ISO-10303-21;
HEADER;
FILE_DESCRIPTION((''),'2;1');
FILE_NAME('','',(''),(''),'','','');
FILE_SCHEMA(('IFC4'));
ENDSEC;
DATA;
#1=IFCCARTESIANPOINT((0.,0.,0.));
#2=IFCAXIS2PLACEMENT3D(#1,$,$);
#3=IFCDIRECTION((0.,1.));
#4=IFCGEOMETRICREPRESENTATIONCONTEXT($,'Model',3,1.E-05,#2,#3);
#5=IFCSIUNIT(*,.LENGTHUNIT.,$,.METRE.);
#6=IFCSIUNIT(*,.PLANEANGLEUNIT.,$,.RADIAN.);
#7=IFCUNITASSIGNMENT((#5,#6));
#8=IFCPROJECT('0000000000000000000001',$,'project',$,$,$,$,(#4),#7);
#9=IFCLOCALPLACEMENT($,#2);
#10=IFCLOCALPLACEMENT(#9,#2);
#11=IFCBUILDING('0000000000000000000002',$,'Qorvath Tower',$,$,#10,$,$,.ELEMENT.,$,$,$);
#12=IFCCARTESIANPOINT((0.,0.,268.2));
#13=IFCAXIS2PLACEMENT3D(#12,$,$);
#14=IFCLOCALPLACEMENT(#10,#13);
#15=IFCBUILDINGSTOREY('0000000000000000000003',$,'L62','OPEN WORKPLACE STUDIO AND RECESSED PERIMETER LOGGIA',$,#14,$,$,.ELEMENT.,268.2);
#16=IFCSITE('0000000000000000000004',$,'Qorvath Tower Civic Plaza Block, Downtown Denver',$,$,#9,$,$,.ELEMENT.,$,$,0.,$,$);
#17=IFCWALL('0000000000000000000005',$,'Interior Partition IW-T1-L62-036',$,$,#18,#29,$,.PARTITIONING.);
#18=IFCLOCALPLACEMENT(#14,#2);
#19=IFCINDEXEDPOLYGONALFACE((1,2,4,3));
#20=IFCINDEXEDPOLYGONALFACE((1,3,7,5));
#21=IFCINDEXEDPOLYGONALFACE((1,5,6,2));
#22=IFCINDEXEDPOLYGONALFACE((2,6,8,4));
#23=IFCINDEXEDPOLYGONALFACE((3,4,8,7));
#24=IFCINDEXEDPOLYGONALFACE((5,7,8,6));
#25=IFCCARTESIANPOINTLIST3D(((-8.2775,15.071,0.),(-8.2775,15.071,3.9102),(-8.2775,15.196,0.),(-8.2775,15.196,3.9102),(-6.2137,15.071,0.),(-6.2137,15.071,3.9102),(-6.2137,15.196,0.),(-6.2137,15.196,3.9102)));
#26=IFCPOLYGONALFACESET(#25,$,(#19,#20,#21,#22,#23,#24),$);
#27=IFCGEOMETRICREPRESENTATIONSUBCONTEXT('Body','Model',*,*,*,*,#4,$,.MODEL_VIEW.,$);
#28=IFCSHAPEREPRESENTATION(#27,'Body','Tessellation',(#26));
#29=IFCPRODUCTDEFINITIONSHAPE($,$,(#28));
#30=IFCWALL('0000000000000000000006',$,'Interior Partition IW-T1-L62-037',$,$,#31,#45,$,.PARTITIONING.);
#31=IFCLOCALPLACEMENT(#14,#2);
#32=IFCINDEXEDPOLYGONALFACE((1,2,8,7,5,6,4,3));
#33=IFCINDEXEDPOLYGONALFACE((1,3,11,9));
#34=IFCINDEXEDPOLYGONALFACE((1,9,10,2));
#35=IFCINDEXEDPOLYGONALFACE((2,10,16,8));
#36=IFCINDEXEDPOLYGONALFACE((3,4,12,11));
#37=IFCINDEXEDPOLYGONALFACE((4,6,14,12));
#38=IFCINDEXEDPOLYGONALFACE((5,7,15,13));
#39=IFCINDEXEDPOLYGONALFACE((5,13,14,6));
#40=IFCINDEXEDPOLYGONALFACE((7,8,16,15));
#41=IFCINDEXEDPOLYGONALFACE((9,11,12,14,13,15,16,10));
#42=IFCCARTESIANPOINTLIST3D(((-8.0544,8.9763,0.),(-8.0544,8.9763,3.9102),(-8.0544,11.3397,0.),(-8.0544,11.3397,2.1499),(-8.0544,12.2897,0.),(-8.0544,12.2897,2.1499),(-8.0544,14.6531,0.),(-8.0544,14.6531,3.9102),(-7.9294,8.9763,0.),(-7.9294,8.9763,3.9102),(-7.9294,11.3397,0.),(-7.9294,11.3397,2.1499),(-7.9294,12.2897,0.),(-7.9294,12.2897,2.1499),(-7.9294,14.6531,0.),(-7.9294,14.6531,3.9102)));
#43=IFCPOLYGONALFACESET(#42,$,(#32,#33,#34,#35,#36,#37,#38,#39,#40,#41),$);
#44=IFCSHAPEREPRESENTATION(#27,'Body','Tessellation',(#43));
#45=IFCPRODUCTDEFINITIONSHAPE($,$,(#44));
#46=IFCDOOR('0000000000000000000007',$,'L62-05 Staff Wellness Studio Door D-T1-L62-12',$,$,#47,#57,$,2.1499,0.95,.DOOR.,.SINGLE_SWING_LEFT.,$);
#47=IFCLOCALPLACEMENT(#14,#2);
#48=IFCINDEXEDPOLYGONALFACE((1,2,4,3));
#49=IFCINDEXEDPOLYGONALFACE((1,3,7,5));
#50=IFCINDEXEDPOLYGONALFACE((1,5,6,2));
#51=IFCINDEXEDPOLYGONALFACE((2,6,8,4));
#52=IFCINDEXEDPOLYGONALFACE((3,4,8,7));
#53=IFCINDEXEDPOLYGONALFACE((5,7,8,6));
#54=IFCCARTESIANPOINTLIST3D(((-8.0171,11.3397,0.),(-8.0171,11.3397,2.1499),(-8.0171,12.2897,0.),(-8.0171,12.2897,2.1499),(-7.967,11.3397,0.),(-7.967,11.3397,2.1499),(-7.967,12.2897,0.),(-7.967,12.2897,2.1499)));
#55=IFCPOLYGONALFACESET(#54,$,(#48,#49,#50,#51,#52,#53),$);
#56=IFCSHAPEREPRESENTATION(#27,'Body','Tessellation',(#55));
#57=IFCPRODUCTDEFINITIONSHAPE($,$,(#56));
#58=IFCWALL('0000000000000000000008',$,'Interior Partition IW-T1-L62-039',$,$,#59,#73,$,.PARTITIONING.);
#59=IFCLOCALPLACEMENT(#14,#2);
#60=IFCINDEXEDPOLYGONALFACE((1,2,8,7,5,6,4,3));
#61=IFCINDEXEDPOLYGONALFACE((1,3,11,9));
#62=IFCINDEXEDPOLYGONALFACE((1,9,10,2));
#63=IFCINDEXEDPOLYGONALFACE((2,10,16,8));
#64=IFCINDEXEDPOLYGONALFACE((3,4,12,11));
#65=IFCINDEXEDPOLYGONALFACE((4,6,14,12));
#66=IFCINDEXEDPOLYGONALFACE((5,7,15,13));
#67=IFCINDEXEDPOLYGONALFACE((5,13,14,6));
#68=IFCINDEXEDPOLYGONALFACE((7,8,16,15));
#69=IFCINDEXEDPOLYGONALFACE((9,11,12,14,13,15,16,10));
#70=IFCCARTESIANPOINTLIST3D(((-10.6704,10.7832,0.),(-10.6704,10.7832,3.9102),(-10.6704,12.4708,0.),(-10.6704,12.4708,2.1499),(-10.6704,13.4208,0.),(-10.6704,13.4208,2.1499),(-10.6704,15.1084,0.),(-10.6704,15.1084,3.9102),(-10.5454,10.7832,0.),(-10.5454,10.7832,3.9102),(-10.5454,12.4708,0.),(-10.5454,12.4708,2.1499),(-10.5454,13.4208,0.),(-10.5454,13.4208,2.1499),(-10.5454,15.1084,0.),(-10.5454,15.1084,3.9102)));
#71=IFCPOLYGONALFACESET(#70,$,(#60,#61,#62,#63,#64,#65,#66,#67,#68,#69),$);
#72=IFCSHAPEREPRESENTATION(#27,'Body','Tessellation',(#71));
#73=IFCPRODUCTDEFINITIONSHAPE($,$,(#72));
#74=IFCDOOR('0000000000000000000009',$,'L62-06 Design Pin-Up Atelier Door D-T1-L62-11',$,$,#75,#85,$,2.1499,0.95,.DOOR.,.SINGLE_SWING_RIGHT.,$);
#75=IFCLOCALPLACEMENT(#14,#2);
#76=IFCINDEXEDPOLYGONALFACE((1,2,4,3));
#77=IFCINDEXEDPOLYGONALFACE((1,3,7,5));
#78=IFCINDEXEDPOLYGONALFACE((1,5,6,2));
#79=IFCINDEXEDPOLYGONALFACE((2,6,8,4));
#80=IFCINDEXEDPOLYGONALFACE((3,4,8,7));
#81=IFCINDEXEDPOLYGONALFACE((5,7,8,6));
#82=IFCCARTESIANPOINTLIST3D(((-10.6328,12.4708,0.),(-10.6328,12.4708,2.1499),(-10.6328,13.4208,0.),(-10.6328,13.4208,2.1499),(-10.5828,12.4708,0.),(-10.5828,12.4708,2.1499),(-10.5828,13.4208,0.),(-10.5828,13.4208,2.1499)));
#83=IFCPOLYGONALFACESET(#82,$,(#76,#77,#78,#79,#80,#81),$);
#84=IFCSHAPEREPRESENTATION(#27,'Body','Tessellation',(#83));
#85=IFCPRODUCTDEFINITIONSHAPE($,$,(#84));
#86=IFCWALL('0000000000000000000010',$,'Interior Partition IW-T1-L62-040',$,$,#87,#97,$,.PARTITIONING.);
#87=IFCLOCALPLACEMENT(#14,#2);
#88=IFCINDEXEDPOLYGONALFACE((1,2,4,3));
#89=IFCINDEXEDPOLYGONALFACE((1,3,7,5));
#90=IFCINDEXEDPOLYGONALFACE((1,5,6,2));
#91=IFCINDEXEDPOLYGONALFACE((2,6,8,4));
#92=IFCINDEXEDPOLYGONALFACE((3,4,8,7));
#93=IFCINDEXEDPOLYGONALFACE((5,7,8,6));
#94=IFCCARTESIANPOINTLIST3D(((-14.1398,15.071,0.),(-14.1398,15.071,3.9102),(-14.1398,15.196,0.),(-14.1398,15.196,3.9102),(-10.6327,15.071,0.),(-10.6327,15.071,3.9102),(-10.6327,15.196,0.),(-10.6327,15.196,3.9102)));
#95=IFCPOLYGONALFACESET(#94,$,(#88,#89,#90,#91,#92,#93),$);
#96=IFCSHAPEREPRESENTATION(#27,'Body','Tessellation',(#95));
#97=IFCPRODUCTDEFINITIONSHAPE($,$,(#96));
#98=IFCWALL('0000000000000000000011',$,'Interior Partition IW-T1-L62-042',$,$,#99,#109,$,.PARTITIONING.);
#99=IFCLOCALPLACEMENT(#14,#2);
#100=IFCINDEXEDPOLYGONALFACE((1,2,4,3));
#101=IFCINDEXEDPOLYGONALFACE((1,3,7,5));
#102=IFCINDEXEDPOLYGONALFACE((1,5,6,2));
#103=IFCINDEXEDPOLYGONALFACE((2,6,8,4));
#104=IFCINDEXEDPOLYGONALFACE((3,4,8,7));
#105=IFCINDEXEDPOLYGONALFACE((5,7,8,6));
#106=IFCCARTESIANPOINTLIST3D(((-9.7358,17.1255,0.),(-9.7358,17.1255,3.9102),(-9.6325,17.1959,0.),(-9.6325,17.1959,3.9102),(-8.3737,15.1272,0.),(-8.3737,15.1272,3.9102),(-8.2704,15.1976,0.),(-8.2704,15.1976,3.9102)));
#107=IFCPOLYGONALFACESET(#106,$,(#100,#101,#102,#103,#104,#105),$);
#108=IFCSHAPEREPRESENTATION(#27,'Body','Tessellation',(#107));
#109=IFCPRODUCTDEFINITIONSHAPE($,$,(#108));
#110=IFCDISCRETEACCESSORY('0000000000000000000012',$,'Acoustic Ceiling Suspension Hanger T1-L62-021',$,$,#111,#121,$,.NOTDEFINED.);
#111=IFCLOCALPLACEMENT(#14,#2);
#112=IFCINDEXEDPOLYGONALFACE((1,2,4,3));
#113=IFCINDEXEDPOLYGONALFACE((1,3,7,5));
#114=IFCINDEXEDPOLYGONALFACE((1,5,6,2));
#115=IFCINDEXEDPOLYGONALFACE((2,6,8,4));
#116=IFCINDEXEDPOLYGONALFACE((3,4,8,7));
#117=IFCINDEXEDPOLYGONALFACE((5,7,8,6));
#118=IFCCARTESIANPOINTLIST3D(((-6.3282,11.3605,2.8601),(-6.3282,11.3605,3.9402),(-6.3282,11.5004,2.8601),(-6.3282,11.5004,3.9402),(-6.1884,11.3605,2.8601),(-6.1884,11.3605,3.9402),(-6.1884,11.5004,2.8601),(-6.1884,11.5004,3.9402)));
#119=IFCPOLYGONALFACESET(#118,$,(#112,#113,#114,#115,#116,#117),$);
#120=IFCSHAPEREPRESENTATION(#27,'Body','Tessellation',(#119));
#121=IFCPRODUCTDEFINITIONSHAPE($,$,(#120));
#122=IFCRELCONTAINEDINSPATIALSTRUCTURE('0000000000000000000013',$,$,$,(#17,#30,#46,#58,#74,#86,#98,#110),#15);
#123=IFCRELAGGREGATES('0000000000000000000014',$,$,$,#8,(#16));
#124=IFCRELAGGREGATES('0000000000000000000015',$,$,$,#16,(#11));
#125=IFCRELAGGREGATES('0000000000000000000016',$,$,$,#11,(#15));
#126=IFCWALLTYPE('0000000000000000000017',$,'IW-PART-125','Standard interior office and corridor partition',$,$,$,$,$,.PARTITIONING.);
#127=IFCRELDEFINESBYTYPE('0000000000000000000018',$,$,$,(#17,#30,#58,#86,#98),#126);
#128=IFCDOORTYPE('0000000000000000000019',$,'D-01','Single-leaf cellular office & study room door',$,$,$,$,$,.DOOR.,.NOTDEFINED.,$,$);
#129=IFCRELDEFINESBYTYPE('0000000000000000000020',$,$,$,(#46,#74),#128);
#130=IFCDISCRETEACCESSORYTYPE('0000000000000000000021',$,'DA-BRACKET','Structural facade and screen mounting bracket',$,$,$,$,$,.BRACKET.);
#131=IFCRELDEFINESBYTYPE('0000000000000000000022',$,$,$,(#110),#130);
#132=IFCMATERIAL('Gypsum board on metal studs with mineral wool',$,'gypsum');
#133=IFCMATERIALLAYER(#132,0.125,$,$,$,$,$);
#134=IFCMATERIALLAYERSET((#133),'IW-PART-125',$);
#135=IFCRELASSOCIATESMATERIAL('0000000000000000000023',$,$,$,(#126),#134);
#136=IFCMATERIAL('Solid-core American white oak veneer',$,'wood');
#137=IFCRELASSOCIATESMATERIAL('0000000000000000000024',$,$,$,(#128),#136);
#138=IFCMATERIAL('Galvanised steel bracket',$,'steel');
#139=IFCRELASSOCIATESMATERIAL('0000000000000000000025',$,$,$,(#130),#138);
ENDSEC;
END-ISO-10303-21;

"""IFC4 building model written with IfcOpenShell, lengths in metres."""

from ifc_helpers import new_model, si_unit, direction, frame, frame_2d, origin, origin_2d, place, context, subcontext, project, spatial, rectangle, extrude, material, layer, layer_set, type_object, element, fill, save


model = new_model("IFC4")

# Units and contexts
model_context = context("Model", 3, precision=1e-05, world=origin(), true_north=direction((0.0, 1.0)))
body_context = subcontext(model_context, "Body", "Model", "MODEL_VIEW")
ifc_project = project(units=[si_unit("LENGTHUNIT", "METRE"), si_unit("PLANEANGLEUNIT", "RADIAN")], contexts=[model_context])

# Site, building, storey
site_placement = place(None, origin())
site = spatial("IfcSite", under=ifc_project, at=site_placement, Name="Qorvath Tower Civic Plaza Block, Downtown Denver", CompositionType="ELEMENT", RefElevation=0.0)
building_placement = place(site_placement, origin())
building = spatial("IfcBuilding", under=site, at=building_placement, Name="Qorvath Tower", CompositionType="ELEMENT")
storey_placement = place(building_placement, frame((0.0, 0.0, 268.2)))
storey = spatial("IfcBuildingStorey", under=building, at=storey_placement, Name="L62", Description="OPEN WORKPLACE STUDIO AND RECESSED PERIMETER LOGGIA", CompositionType="ELEMENT", Elevation=268.2)

# Wall
ifc_material_1 = material(Name="Gypsum board on metal studs with mineral wool", Category="gypsum")
ifc_layer_1 = layer(ifc_material_1, 0.125)
ifc_layer_set_1 = layer_set([ifc_layer_1], Name="IW-PART-125")
wall_type = type_object("IfcWallType", Name="IW-PART-125", Description="Standard interior office and corridor partition", PredefinedType="PARTITIONING", material=ifc_layer_set_1)
wall_1_placement = place(storey_placement, frame((-6.2139, 15.1335, 0.0), z_axis=(0.0, 0.0, 1.0), x_axis=(-1.0, 0.0, 0.0)))
element("IfcWall", 1, at=wall_1_placement, inside=storey, type_object=wall_type, Name="Interior Partition IW-T1-L62-036", PredefinedType="PARTITIONING", context=body_context, shape_type="SweptSolid", body=[
    extrude(rectangle(XDim=2.0637, YDim=0.125, at=frame_2d((1.0317, 0.0))), origin(), (0.0, 0.0, 1.0), 3.9102),
])

# Walls, openings, doors
wall_2_placement = place(storey_placement, frame((-7.9919, 14.6531, 0.0), z_axis=(0.0, 0.0, 1.0), x_axis=(0.0, -1.0, 0.0)))
wall_2 = element("IfcWall", 2, at=wall_2_placement, inside=storey, type_object=wall_type, Name="Interior Partition IW-T1-L62-037", PredefinedType="PARTITIONING", context=body_context, shape_type="SweptSolid", body=[
    extrude(rectangle(XDim=5.6768, YDim=0.125, at=frame_2d((2.8384, 0.0))), origin(), (0.0, 0.0, 1.0), 3.9102),
])
opening_1_placement = place(wall_2_placement, frame((2.3633, 0.0, 0.0)))
opening_1 = element("IfcOpeningElement", 3, at=opening_1_placement, cuts=wall_2, PredefinedType="OPENING", context=body_context, shape_type="SweptSolid", body=[
    extrude(rectangle(XDim=0.95, YDim=2.1499, at=frame_2d((0.4751, 1.075))), frame((0.0, 0.0725, 0.0), z_axis=(0.0, -1.0, 0.0), x_axis=(1.0, 0.0, 0.0)), (0.0, 0.0, 1.0), 0.145),
])
ifc_material_2 = material(Name="Solid-core American white oak veneer", Category="wood")
door_type = type_object("IfcDoorType", Name="D-01", Description="Single-leaf cellular office & study room door", OperationType="NOTDEFINED", PredefinedType="DOOR", material=ifc_material_2)
door_1_placement = place(opening_1_placement, origin())
door_1 = element("IfcDoor", 4, at=door_1_placement, inside=storey, type_object=door_type, Name="L62-05 Staff Wellness Studio Door D-T1-L62-12", OperationType="SINGLE_SWING_LEFT", OverallHeight=2.1499, OverallWidth=0.95, PredefinedType="DOOR", context=body_context, shape_type="SweptSolid", body=[
    extrude(rectangle(XDim=0.95, YDim=2.1499, at=frame_2d((0.4751, 1.075))), frame((0.0, 0.0249, 0.0), z_axis=(0.0, -1.0, 0.0), x_axis=(1.0, 0.0, 0.0)), (0.0, 0.0, 1.0), 0.05),
])
fill(opening_1, door_1)
wall_3_placement = place(storey_placement, frame((-10.6079, 10.7832, 0.0), z_axis=(0.0, 0.0, 1.0), x_axis=(0.0, 1.0, 0.0)))
wall_3 = element("IfcWall", 5, at=wall_3_placement, inside=storey, type_object=wall_type, Name="Interior Partition IW-T1-L62-039", PredefinedType="PARTITIONING", context=body_context, shape_type="SweptSolid", body=[
    extrude(rectangle(XDim=4.3252, YDim=0.125, at=frame_2d((2.1626, 0.0))), origin(), (0.0, 0.0, 1.0), 3.9102),
])
opening_2_placement = place(wall_3_placement, frame((1.6875, 0.0, 0.0)))
opening_2 = element("IfcOpeningElement", 6, at=opening_2_placement, cuts=wall_3, PredefinedType="OPENING", context=body_context, shape_type="SweptSolid", body=[
    extrude(rectangle(XDim=0.95, YDim=2.1499, at=frame_2d((0.4751, 1.075))), frame((0.0, 0.0725, 0.0), z_axis=(0.0, -1.0, 0.0), x_axis=(1.0, 0.0, 0.0)), (0.0, 0.0, 1.0), 0.145),
])
door_2_placement = place(opening_2_placement, origin())
door_2 = element("IfcDoor", 7, at=door_2_placement, inside=storey, type_object=door_type, Name="L62-06 Design Pin-Up Atelier Door D-T1-L62-11", OperationType="SINGLE_SWING_RIGHT", OverallHeight=2.1499, OverallWidth=0.95, PredefinedType="DOOR", context=body_context, shape_type="SweptSolid", body=[
    extrude(rectangle(XDim=0.95, YDim=2.1499, at=frame_2d((0.4751, 1.075))), frame((0.0, 0.0249, 0.0), z_axis=(0.0, -1.0, 0.0), x_axis=(1.0, 0.0, 0.0)), (0.0, 0.0, 1.0), 0.05),
])
fill(opening_2, door_2)

# Wall
wall_4_placement = place(storey_placement, frame((-10.6328, 15.1335, 0.0), z_axis=(0.0, 0.0, 1.0), x_axis=(-1.0, 0.0, 0.0)))
element("IfcWall", 8, at=wall_4_placement, inside=storey, type_object=wall_type, Name="Interior Partition IW-T1-L62-040", PredefinedType="PARTITIONING", context=body_context, shape_type="SweptSolid", body=[
    extrude(rectangle(XDim=3.5071, YDim=0.125, at=frame_2d((1.7534, 0.0))), origin(), (0.0, 0.0, 1.0), 3.9102),
])

# Wall
wall_5_placement = place(storey_placement, frame((-8.322, 15.1624, 0.0), z_axis=(0.0, 0.0, 1.0), x_axis=(-0.563221, 0.826306, 0.0)))
element("IfcWall", 9, at=wall_5_placement, inside=storey, type_object=wall_type, Name="Interior Partition IW-T1-L62-042", PredefinedType="PARTITIONING", context=body_context, shape_type="SweptSolid", body=[
    extrude(rectangle(XDim=2.4185, YDim=0.125, at=frame_2d((1.2092, 0.0))), origin(), (0.0, 0.0, 1.0), 3.9102),
])

# Discrete accessory
ifc_material_3 = material(Name="Galvanised steel bracket", Category="steel")
discrete_accessory_type = type_object("IfcDiscreteAccessoryType", Name="DA-BRACKET", Description="Structural facade and screen mounting bracket", PredefinedType="BRACKET", material=ifc_material_3)
discrete_accessory_placement = place(storey_placement, frame((-6.2583, 11.4304, 2.8601), z_axis=(0.0, 0.0, 1.0), x_axis=(1.0, 0.0, 0.0)))
element("IfcDiscreteAccessory", 10, at=discrete_accessory_placement, inside=storey, type_object=discrete_accessory_type, Name="Acoustic Ceiling Suspension Hanger T1-L62-021", PredefinedType="NOTDEFINED", context=body_context, shape_type="SweptSolid", body=[
    extrude(rectangle(XDim=0.1399, YDim=0.1399, at=origin_2d()), origin(), (0.0, 0.0, 1.0), 1.0801),
])

save(model, "model.ifc")
